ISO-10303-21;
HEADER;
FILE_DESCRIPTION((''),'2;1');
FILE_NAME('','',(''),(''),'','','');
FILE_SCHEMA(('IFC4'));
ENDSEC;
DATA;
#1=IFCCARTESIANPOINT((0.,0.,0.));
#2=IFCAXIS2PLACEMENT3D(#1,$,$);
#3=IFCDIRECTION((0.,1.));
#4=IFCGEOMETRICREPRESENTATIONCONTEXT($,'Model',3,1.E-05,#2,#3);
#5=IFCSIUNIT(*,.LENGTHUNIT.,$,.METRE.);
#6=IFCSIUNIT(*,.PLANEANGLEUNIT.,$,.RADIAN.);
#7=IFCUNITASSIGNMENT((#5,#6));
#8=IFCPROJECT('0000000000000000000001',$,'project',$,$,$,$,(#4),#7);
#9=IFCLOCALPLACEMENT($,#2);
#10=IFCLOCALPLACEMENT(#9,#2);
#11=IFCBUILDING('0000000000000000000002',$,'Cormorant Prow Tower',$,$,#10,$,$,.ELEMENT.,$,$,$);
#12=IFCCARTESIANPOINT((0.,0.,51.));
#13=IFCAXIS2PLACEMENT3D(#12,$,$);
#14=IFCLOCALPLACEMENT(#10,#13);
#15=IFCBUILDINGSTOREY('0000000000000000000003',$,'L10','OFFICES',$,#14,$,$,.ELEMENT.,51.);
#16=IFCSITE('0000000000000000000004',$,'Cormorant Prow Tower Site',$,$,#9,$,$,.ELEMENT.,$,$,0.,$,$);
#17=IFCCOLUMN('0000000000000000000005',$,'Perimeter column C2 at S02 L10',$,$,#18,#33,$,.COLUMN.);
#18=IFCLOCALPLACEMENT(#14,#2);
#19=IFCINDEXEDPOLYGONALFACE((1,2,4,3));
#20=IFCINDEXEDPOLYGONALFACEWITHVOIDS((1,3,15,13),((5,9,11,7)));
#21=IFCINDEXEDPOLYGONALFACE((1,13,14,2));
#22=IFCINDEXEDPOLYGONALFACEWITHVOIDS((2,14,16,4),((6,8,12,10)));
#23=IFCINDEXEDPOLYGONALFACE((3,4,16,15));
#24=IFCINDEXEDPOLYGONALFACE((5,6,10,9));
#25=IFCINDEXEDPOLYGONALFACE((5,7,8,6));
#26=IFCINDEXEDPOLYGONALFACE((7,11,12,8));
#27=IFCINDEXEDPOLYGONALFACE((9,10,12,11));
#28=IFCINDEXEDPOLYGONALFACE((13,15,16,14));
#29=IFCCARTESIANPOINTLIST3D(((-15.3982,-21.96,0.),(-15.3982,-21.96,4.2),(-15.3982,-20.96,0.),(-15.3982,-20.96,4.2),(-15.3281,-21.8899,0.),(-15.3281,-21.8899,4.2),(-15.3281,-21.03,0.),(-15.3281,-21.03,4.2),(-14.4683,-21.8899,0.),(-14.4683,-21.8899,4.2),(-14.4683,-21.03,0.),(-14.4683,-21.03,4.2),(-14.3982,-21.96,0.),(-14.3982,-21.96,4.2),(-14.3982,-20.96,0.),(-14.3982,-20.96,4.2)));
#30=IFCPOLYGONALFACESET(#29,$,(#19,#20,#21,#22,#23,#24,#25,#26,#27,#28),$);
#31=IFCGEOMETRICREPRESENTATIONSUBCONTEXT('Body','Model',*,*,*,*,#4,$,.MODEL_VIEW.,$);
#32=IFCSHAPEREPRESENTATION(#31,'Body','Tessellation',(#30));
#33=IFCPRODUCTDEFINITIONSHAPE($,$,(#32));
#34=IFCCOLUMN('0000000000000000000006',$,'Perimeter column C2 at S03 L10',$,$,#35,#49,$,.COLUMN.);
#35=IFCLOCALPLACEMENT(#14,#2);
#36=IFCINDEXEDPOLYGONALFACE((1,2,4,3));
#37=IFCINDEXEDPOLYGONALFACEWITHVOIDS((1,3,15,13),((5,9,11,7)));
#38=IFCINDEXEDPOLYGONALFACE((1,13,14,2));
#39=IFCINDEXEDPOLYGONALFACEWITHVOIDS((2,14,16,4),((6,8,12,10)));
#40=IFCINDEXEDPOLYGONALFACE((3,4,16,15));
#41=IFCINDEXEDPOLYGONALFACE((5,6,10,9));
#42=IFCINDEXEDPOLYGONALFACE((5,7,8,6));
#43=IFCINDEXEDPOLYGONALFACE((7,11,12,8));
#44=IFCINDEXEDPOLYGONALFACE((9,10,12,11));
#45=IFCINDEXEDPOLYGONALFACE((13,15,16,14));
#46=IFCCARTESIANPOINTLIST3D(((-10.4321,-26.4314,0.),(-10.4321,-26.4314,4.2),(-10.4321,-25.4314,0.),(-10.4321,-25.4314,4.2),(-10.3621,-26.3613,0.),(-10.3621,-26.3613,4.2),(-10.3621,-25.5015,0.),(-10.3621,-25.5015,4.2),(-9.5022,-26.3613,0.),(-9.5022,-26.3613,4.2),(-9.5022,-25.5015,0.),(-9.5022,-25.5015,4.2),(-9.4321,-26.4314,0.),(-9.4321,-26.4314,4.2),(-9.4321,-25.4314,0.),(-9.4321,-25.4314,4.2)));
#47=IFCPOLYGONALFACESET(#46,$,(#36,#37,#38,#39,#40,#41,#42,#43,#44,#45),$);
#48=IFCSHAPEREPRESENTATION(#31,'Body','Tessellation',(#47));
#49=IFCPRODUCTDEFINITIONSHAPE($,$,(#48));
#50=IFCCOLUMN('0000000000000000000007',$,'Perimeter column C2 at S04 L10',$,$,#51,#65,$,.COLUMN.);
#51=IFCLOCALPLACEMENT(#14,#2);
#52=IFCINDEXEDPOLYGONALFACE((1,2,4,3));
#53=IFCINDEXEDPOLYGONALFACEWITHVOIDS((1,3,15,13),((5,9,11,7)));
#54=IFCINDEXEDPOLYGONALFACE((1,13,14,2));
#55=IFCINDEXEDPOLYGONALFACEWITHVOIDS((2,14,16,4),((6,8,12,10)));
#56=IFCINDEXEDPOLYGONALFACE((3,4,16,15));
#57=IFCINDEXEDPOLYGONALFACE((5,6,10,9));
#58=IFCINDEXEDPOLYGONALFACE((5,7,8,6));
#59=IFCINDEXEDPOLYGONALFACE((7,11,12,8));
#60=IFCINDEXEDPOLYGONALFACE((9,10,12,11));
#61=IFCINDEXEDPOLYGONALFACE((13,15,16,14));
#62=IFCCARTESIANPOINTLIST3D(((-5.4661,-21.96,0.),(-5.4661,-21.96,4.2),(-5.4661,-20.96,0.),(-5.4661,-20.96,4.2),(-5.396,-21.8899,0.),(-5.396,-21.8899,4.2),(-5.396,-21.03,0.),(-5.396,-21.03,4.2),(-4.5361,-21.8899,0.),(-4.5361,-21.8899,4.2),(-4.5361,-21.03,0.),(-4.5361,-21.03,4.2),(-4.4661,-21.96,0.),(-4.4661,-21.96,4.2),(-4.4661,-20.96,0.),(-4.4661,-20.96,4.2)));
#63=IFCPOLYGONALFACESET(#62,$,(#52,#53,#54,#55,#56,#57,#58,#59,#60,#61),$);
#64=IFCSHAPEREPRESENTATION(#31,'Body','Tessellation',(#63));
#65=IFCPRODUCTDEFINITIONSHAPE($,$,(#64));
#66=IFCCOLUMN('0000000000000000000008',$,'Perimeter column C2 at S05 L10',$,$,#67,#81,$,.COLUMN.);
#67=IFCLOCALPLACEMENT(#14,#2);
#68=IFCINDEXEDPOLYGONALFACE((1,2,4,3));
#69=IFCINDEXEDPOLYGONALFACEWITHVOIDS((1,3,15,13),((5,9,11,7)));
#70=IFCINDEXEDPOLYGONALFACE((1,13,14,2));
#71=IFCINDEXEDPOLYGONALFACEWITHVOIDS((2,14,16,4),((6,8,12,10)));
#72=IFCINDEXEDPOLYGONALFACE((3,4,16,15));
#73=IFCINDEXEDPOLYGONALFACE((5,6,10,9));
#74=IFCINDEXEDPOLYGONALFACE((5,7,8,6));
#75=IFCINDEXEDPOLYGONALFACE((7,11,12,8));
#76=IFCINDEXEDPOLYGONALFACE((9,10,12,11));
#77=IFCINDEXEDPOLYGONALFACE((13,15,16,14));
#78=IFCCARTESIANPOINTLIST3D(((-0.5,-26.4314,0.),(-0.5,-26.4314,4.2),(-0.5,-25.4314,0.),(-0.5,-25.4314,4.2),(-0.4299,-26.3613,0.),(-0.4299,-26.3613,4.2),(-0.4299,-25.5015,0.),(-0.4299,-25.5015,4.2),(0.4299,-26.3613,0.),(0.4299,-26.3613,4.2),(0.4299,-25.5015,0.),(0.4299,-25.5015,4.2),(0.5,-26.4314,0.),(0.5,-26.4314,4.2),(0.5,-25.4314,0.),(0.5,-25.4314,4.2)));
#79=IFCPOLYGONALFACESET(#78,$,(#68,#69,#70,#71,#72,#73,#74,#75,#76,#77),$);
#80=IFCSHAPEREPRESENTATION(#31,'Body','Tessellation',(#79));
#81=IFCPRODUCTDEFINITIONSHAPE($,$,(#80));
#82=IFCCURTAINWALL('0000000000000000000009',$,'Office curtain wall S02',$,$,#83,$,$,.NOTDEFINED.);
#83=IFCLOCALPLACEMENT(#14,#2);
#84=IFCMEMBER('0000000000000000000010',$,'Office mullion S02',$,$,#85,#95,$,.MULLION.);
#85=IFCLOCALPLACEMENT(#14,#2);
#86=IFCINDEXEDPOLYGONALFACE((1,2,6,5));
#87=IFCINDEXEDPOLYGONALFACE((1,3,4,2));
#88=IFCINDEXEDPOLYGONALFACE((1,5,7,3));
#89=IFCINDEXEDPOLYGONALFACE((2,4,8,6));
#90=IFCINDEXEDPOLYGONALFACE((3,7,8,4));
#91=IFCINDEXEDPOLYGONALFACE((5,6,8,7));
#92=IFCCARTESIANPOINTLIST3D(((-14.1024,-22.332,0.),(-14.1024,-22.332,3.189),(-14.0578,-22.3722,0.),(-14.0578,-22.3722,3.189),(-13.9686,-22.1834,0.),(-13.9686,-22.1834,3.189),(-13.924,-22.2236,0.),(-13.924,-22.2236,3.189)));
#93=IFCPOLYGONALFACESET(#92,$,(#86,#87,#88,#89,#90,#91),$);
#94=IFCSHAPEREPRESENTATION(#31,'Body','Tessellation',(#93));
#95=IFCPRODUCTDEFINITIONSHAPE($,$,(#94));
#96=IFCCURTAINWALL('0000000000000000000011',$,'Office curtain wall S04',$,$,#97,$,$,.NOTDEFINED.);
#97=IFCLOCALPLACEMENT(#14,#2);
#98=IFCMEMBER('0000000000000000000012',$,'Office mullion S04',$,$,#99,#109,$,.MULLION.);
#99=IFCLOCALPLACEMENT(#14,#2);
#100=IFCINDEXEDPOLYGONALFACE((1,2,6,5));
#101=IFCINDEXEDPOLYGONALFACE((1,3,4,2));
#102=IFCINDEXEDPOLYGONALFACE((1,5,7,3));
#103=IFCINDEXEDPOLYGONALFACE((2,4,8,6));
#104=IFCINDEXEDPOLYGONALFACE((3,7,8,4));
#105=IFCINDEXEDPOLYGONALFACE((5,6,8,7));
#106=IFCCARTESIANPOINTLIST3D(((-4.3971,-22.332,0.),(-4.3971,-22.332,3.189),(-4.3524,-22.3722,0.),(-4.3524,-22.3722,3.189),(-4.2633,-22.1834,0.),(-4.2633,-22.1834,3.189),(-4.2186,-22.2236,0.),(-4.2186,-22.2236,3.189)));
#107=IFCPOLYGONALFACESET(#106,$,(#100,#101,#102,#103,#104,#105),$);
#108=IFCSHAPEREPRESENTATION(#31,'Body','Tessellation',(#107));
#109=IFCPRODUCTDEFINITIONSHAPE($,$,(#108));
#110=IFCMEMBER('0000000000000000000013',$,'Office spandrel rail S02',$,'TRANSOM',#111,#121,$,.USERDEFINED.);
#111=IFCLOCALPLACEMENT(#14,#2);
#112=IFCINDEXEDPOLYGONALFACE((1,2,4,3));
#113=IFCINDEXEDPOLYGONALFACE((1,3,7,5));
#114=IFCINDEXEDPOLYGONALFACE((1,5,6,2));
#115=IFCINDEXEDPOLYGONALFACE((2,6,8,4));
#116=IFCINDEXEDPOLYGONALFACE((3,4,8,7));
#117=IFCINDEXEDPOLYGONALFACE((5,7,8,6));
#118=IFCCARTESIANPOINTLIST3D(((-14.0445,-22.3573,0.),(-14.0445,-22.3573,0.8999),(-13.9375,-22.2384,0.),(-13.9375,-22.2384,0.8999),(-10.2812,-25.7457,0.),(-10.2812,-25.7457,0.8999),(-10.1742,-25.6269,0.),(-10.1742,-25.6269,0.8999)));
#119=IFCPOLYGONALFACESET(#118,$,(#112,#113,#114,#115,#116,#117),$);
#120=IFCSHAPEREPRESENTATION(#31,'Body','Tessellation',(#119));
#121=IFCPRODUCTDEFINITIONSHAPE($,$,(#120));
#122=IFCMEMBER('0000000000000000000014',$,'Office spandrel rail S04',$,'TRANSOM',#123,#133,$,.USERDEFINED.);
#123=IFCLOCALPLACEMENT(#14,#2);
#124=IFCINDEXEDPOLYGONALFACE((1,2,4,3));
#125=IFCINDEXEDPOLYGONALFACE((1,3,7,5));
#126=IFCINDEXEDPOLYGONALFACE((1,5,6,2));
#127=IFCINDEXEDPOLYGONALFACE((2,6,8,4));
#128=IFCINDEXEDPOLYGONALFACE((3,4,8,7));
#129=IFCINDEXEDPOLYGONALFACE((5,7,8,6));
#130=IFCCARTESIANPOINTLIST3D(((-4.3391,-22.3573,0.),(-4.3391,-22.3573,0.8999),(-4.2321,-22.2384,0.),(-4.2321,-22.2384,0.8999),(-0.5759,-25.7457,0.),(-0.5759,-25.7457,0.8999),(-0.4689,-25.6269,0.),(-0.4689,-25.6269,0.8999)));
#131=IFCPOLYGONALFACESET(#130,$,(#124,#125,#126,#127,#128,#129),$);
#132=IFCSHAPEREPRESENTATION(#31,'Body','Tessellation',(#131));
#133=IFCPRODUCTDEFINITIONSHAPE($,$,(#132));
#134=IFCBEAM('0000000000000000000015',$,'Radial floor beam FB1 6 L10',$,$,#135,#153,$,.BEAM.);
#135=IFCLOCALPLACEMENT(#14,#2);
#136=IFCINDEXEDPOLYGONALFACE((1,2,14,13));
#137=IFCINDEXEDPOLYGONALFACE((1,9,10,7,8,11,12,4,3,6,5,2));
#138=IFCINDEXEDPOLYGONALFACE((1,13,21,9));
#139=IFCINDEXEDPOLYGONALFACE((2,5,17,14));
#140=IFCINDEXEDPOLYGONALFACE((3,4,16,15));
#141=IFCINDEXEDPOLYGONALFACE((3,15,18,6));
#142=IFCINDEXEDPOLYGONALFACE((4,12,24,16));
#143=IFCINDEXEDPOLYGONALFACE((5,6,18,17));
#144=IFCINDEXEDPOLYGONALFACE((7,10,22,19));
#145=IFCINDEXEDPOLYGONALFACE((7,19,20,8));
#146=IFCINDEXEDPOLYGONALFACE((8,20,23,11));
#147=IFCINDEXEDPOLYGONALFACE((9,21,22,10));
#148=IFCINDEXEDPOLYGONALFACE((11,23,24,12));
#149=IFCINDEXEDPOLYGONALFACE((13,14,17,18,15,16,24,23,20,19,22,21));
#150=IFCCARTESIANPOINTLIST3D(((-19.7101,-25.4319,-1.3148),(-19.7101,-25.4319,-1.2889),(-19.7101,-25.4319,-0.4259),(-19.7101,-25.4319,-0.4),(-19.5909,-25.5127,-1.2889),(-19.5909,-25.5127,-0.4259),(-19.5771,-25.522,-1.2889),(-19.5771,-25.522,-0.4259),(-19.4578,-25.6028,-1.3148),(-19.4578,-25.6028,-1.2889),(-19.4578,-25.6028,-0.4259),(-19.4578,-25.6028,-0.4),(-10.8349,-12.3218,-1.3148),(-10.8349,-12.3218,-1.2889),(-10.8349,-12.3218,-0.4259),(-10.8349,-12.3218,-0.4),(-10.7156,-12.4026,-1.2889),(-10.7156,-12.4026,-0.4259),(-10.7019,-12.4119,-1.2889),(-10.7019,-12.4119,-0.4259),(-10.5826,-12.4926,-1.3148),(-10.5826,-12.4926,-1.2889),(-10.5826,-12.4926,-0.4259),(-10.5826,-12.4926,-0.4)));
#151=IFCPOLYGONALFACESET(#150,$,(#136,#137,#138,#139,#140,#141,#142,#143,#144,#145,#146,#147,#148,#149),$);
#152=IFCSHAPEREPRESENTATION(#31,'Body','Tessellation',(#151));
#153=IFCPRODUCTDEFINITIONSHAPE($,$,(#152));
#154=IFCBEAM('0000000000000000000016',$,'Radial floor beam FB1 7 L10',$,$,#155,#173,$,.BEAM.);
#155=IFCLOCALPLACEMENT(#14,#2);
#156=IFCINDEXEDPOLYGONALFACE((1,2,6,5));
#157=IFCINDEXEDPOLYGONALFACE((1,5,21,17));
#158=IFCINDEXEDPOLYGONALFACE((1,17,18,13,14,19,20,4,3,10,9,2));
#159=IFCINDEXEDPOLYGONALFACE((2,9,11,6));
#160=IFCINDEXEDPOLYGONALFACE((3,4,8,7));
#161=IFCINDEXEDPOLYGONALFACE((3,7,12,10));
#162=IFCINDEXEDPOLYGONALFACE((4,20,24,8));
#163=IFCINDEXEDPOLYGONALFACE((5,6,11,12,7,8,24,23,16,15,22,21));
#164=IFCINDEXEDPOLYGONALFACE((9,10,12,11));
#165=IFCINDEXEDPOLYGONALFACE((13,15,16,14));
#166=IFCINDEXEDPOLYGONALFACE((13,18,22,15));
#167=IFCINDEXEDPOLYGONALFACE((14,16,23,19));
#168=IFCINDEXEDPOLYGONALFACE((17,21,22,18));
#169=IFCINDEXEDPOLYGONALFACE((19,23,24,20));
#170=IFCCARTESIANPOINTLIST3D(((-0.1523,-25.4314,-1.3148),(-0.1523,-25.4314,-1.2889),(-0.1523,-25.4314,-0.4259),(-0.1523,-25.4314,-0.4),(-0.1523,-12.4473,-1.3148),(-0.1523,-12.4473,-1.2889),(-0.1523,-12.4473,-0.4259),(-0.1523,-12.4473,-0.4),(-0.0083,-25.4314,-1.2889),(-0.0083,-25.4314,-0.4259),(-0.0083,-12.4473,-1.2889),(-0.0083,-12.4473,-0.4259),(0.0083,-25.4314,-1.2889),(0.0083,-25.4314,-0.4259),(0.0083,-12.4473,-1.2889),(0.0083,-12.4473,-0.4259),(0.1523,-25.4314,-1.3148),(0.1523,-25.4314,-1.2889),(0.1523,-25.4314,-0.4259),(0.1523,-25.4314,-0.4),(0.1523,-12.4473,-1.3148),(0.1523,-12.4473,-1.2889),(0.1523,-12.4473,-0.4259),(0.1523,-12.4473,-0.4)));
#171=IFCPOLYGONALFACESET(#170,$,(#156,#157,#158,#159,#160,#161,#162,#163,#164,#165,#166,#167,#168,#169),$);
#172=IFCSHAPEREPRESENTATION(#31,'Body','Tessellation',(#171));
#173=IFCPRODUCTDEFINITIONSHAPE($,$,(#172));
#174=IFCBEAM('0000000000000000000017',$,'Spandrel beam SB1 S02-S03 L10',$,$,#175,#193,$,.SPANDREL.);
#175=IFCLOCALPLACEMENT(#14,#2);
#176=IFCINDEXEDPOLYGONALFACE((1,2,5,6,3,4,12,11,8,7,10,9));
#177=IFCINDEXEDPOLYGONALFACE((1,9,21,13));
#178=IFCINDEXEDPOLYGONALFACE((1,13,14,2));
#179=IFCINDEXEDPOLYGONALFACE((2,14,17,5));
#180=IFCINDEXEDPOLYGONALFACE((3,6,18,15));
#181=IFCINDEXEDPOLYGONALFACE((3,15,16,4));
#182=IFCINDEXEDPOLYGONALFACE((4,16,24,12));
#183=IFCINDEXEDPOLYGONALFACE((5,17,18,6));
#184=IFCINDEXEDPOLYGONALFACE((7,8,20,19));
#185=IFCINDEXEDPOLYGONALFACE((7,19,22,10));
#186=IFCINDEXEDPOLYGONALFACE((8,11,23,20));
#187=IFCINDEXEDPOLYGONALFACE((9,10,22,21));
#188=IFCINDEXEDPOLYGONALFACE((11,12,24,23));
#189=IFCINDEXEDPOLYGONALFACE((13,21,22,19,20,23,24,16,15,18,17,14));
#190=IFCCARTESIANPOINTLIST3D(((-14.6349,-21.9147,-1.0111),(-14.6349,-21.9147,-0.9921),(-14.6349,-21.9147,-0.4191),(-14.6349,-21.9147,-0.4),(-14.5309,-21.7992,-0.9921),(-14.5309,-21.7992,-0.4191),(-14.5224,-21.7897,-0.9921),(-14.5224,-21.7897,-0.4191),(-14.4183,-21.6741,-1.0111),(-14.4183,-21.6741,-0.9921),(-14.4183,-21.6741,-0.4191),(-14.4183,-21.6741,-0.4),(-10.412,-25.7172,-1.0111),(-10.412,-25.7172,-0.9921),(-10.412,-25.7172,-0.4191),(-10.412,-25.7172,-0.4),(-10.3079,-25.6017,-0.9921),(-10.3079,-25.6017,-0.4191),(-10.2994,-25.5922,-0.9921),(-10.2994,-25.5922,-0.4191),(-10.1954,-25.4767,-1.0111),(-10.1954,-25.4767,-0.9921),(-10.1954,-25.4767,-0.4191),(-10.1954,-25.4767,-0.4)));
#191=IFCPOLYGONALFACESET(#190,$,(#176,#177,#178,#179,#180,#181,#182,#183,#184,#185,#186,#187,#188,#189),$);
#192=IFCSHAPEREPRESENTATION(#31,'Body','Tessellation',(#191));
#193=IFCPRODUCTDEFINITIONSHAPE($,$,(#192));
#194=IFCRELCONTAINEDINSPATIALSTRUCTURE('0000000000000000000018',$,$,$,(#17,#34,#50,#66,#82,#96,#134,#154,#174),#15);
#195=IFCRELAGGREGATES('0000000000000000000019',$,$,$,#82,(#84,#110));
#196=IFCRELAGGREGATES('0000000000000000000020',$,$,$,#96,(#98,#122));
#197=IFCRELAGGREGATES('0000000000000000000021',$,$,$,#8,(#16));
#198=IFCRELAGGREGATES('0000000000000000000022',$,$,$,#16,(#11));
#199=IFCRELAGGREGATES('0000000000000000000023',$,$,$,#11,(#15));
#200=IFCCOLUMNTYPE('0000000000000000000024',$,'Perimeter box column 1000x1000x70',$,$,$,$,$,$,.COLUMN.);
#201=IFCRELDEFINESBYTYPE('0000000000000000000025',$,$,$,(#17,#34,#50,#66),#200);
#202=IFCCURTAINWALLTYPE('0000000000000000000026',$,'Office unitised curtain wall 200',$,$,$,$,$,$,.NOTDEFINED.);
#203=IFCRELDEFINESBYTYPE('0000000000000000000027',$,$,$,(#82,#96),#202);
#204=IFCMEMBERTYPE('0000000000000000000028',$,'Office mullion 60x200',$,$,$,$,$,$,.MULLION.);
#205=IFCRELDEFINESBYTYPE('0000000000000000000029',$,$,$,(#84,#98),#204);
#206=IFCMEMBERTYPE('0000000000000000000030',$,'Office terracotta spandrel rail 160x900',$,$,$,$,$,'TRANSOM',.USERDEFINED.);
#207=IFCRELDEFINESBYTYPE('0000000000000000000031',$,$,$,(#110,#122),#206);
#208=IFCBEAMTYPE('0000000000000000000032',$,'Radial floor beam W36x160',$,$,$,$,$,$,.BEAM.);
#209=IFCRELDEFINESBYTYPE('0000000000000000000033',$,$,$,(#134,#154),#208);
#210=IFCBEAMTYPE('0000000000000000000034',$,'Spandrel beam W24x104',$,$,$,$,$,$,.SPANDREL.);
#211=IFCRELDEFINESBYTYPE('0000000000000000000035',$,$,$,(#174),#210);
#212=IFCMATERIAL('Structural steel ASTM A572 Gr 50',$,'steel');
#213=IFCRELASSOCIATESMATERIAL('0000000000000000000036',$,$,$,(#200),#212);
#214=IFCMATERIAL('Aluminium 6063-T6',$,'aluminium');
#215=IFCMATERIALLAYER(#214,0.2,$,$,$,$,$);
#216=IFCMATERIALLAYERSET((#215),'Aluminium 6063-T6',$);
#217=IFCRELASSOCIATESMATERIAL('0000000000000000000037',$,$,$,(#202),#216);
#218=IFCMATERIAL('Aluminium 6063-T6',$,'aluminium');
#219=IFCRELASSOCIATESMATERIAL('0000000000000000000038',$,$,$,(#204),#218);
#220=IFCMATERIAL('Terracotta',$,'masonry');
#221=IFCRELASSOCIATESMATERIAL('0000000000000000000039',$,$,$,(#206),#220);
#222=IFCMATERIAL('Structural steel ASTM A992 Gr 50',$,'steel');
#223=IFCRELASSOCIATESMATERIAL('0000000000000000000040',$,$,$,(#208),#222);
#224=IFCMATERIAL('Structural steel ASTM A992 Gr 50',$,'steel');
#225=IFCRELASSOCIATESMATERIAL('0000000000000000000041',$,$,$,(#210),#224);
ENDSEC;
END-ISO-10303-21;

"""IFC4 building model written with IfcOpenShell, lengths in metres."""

from ifc_helpers import new_model, si_unit, direction, frame, origin, origin_2d, place, context, subcontext, project, spatial, rectangle, hollow_rectangle, i_section, extrude, material, layer, layer_set, material_profile, profile_set, type_object, element, aggregate, save


model = new_model("IFC4")

# Units and contexts
model_context = context("Model", 3, precision=1e-05, world=origin(), true_north=direction((0.0, 1.0)))
body_context = subcontext(model_context, "Body", "Model", "MODEL_VIEW")
ifc_project = project(units=[si_unit("LENGTHUNIT", "METRE"), si_unit("PLANEANGLEUNIT", "RADIAN")], contexts=[model_context])

# Site, building, storey
site_placement = place(None, origin())
site = spatial("IfcSite", under=ifc_project, at=site_placement, Name="Cormorant Prow Tower Site", CompositionType="ELEMENT", RefElevation=0.0)
building_placement = place(site_placement, origin())
building = spatial("IfcBuilding", under=site, at=building_placement, Name="Cormorant Prow Tower", CompositionType="ELEMENT")
storey_placement = place(building_placement, frame((0.0, 0.0, 51.0)))
storey = spatial("IfcBuildingStorey", under=building, at=storey_placement, Name="L10", Description="OFFICES", CompositionType="ELEMENT", Elevation=51.0)

# Columns
ifc_material_1 = material(Name="Structural steel ASTM A572 Gr 50", Category="steel")
ifc_material_profile_1 = material_profile(ifc_material_1, hollow_rectangle(XDim=1.0, YDim=1.0, WallThickness=0.0701, at=origin_2d()), Name="Box 1000x1000x70")
ifc_profile_set_1 = profile_set([ifc_material_profile_1], Name="Structural steel ASTM A572 Gr 50")
column_type = type_object("IfcColumnType", Name="Perimeter box column 1000x1000x70", PredefinedType="COLUMN", material=ifc_profile_set_1)
for number, where, z_axis, x_axis, name in (
    (1, (-14.8982, -21.46, 0.0), (0.0, 0.0, 1.0), (1.0, 0.0, 0.0), "Perimeter column C2 at S02 L10"),
    (2, (-9.9321, -25.9314, 0.0), (0.0, 0.0, 1.0), (1.0, 0.0, 0.0), "Perimeter column C2 at S03 L10"),
    (3, (-4.9661, -21.46, 0.0), (0.0, 0.0, 1.0), (1.0, 0.0, 0.0), "Perimeter column C2 at S04 L10"),
    (4, (0.0, -25.9314, 0.0), (0.0, 0.0, 1.0), (1.0, 0.0, 0.0), "Perimeter column C2 at S05 L10"),
):
    element("IfcColumn", number, at=place(storey_placement, frame(where, z_axis=z_axis, x_axis=x_axis)), inside=storey, type_object=column_type, Name=name, PredefinedType="COLUMN", context=body_context, shape_type="SweptSolid", body=[
        extrude(hollow_rectangle(XDim=1.0, YDim=1.0, WallThickness=0.0701, at=origin_2d()), origin(), (0.0, 0.0, 1.0), 4.2),
    ])

# Curtain walls, members
ifc_material_2 = material(Name="Aluminium 6063-T6", Category="aluminium")
ifc_layer_1 = layer(ifc_material_2, 0.2)
ifc_layer_set_1 = layer_set([ifc_layer_1], Name="Aluminium 6063-T6")
curtain_wall_type = type_object("IfcCurtainWallType", Name="Office unitised curtain wall 200", PredefinedType="NOTDEFINED", material=ifc_layer_set_1)
curtain_wall_1_placement = place(storey_placement, origin())
curtain_wall_1 = element("IfcCurtainWall", 5, at=curtain_wall_1_placement, inside=storey, type_object=curtain_wall_type, Name="Office curtain wall S02", PredefinedType="NOTDEFINED")
ifc_material_3 = material(Name="Aluminium 6063-T6", Category="aluminium")
ifc_material_profile_2 = material_profile(ifc_material_3, rectangle(XDim=0.2, YDim=0.0601, at=origin_2d()), Name="Office mullion 60x200")
ifc_profile_set_2 = profile_set([ifc_material_profile_2], Name="Aluminium 6063-T6")
member_type_1 = type_object("IfcMemberType", Name="Office mullion 60x200", PredefinedType="MULLION", material=ifc_profile_set_2)
member_1_placement = place(storey_placement, frame((-14.0132, -22.2778, 0.0), z_axis=(0.0, 0.0, 1.0), x_axis=(0.669131, 0.743145, 0.0)))
member_1 = element("IfcMember", 6, at=member_1_placement, type_object=member_type_1, Name="Office mullion S02", PredefinedType="MULLION", context=body_context, shape_type="SweptSolid", body=[
    extrude(rectangle(XDim=0.2, YDim=0.0601, at=origin_2d()), origin(), (0.0, 0.0, 1.0), 3.189),
])
curtain_wall_2_placement = place(storey_placement, origin())
curtain_wall_2 = element("IfcCurtainWall", 7, at=curtain_wall_2_placement, inside=storey, type_object=curtain_wall_type, Name="Office curtain wall S04", PredefinedType="NOTDEFINED")
member_2_placement = place(storey_placement, frame((-4.3079, -22.2778, 0.0), z_axis=(0.0, 0.0, 1.0), x_axis=(0.669131, 0.743145, 0.0)))
member_2 = element("IfcMember", 8, at=member_2_placement, type_object=member_type_1, Name="Office mullion S04", PredefinedType="MULLION", context=body_context, shape_type="SweptSolid", body=[
    extrude(rectangle(XDim=0.2, YDim=0.0601, at=origin_2d()), origin(), (0.0, 0.0, 1.0), 3.189),
])

# Members
ifc_material_4 = material(Name="Terracotta", Category="masonry")
ifc_material_profile_3 = material_profile(ifc_material_4, rectangle(XDim=0.1599, YDim=0.8999, at=origin_2d()), Name="Office terracotta spandrel rail 160x900")
ifc_profile_set_3 = profile_set([ifc_material_profile_3], Name="Terracotta")
member_type_2 = type_object("IfcMemberType", Name="Office terracotta spandrel rail 160x900", ElementType="TRANSOM", PredefinedType="USERDEFINED", material=ifc_profile_set_3)
member_3_placement = place(storey_placement, frame((-13.991, -22.2979, 0.45), z_axis=(0.743141, -0.669135, 0.0), x_axis=(0.669135, 0.743141, 0.0)))
member_3 = element("IfcMember", 9, at=member_3_placement, type_object=member_type_2, Name="Office spandrel rail S02", ObjectType="TRANSOM", PredefinedType="USERDEFINED", context=body_context, shape_type="SweptSolid", body=[
    extrude(rectangle(XDim=0.1599, YDim=0.8999, at=origin_2d()), origin(), (0.0, 0.0, 1.0), 5.064),
])
member_4_placement = place(storey_placement, frame((-4.2856, -22.2979, 0.45), z_axis=(0.743141, -0.669135, 0.0), x_axis=(0.669135, 0.743141, 0.0)))
member_4 = element("IfcMember", 10, at=member_4_placement, type_object=member_type_2, Name="Office spandrel rail S04", ObjectType="TRANSOM", PredefinedType="USERDEFINED", context=body_context, shape_type="SweptSolid", body=[
    extrude(rectangle(XDim=0.1599, YDim=0.8999, at=origin_2d()), origin(), (0.0, 0.0, 1.0), 5.064),
])

# Beams
ifc_material_5 = material(Name="Structural steel ASTM A992 Gr 50", Category="steel")
ifc_material_profile_4 = material_profile(ifc_material_5, i_section(OverallWidth=0.3047, OverallDepth=0.9148, WebThickness=0.0166, FlangeThickness=0.0259, at=origin_2d()), Name="W36x160")
ifc_profile_set_4 = profile_set([ifc_material_profile_4], Name="Structural steel ASTM A992 Gr 50")
beam_type_1 = type_object("IfcBeamType", Name="Radial floor beam W36x160", PredefinedType="BEAM", material=ifc_profile_set_4)
beam_1_placement = place(storey_placement, frame((-10.7087, -12.4072, -0.8574), z_axis=(-0.560597, -0.828089, 0.0), x_axis=(0.828089, -0.560597, 0.0)))
element("IfcBeam", 11, at=beam_1_placement, inside=storey, type_object=beam_type_1, Name="Radial floor beam FB1 6 L10", PredefinedType="BEAM", context=body_context, shape_type="SweptSolid", body=[
    extrude(i_section(OverallWidth=0.3047, OverallDepth=0.9148, WebThickness=0.0166, FlangeThickness=0.0259, at=origin_2d()), origin(), (0.0, 0.0, 1.0), 15.8318),
])
beam_2_placement = place(storey_placement, frame((0.0, -12.4473, -0.8574), z_axis=(0.0, -1.0, 0.0), x_axis=(1.0, 0.0, 0.0)))
element("IfcBeam", 12, at=beam_2_placement, inside=storey, type_object=beam_type_1, Name="Radial floor beam FB1 7 L10", PredefinedType="BEAM", context=body_context, shape_type="SweptSolid", body=[
    extrude(i_section(OverallWidth=0.3047, OverallDepth=0.9148, WebThickness=0.0166, FlangeThickness=0.0259, at=origin_2d()), origin(), (0.0, 0.0, 1.0), 12.9841),
])
ifc_material_6 = material(Name="Structural steel ASTM A992 Gr 50", Category="steel")
ifc_material_profile_5 = material_profile(ifc_material_6, i_section(OverallWidth=0.3237, OverallDepth=0.6111, WebThickness=0.0127, FlangeThickness=0.019, at=origin_2d()), Name="W24x104")
ifc_profile_set_5 = profile_set([ifc_material_profile_5], Name="Structural steel ASTM A992 Gr 50")
beam_type_2 = type_object("IfcBeamType", Name="Spandrel beam W24x104", PredefinedType="SPANDREL", material=ifc_profile_set_5)
for number, where, z_axis, x_axis, name in (
    (13, (-14.5266, -21.7944, -0.7056), (0.74313, -0.669147, 0.0), (0.669147, 0.74313, 0.0), "Spandrel beam SB1 S02-S03 L10"),
):
    element("IfcBeam", number, at=place(storey_placement, frame(where, z_axis=z_axis, x_axis=x_axis)), inside=storey, type_object=beam_type_2, Name=name, PredefinedType="SPANDREL", context=body_context, shape_type="SweptSolid", body=[
        extrude(i_section(OverallWidth=0.3237, OverallDepth=0.6111, WebThickness=0.0127, FlangeThickness=0.019, at=origin_2d()), origin(), (0.0, 0.0, 1.0), 5.6826),
    ])

aggregate(curtain_wall_1, [member_1, member_3])
aggregate(curtain_wall_2, [member_2, member_4])

save(model, "model.ifc")
